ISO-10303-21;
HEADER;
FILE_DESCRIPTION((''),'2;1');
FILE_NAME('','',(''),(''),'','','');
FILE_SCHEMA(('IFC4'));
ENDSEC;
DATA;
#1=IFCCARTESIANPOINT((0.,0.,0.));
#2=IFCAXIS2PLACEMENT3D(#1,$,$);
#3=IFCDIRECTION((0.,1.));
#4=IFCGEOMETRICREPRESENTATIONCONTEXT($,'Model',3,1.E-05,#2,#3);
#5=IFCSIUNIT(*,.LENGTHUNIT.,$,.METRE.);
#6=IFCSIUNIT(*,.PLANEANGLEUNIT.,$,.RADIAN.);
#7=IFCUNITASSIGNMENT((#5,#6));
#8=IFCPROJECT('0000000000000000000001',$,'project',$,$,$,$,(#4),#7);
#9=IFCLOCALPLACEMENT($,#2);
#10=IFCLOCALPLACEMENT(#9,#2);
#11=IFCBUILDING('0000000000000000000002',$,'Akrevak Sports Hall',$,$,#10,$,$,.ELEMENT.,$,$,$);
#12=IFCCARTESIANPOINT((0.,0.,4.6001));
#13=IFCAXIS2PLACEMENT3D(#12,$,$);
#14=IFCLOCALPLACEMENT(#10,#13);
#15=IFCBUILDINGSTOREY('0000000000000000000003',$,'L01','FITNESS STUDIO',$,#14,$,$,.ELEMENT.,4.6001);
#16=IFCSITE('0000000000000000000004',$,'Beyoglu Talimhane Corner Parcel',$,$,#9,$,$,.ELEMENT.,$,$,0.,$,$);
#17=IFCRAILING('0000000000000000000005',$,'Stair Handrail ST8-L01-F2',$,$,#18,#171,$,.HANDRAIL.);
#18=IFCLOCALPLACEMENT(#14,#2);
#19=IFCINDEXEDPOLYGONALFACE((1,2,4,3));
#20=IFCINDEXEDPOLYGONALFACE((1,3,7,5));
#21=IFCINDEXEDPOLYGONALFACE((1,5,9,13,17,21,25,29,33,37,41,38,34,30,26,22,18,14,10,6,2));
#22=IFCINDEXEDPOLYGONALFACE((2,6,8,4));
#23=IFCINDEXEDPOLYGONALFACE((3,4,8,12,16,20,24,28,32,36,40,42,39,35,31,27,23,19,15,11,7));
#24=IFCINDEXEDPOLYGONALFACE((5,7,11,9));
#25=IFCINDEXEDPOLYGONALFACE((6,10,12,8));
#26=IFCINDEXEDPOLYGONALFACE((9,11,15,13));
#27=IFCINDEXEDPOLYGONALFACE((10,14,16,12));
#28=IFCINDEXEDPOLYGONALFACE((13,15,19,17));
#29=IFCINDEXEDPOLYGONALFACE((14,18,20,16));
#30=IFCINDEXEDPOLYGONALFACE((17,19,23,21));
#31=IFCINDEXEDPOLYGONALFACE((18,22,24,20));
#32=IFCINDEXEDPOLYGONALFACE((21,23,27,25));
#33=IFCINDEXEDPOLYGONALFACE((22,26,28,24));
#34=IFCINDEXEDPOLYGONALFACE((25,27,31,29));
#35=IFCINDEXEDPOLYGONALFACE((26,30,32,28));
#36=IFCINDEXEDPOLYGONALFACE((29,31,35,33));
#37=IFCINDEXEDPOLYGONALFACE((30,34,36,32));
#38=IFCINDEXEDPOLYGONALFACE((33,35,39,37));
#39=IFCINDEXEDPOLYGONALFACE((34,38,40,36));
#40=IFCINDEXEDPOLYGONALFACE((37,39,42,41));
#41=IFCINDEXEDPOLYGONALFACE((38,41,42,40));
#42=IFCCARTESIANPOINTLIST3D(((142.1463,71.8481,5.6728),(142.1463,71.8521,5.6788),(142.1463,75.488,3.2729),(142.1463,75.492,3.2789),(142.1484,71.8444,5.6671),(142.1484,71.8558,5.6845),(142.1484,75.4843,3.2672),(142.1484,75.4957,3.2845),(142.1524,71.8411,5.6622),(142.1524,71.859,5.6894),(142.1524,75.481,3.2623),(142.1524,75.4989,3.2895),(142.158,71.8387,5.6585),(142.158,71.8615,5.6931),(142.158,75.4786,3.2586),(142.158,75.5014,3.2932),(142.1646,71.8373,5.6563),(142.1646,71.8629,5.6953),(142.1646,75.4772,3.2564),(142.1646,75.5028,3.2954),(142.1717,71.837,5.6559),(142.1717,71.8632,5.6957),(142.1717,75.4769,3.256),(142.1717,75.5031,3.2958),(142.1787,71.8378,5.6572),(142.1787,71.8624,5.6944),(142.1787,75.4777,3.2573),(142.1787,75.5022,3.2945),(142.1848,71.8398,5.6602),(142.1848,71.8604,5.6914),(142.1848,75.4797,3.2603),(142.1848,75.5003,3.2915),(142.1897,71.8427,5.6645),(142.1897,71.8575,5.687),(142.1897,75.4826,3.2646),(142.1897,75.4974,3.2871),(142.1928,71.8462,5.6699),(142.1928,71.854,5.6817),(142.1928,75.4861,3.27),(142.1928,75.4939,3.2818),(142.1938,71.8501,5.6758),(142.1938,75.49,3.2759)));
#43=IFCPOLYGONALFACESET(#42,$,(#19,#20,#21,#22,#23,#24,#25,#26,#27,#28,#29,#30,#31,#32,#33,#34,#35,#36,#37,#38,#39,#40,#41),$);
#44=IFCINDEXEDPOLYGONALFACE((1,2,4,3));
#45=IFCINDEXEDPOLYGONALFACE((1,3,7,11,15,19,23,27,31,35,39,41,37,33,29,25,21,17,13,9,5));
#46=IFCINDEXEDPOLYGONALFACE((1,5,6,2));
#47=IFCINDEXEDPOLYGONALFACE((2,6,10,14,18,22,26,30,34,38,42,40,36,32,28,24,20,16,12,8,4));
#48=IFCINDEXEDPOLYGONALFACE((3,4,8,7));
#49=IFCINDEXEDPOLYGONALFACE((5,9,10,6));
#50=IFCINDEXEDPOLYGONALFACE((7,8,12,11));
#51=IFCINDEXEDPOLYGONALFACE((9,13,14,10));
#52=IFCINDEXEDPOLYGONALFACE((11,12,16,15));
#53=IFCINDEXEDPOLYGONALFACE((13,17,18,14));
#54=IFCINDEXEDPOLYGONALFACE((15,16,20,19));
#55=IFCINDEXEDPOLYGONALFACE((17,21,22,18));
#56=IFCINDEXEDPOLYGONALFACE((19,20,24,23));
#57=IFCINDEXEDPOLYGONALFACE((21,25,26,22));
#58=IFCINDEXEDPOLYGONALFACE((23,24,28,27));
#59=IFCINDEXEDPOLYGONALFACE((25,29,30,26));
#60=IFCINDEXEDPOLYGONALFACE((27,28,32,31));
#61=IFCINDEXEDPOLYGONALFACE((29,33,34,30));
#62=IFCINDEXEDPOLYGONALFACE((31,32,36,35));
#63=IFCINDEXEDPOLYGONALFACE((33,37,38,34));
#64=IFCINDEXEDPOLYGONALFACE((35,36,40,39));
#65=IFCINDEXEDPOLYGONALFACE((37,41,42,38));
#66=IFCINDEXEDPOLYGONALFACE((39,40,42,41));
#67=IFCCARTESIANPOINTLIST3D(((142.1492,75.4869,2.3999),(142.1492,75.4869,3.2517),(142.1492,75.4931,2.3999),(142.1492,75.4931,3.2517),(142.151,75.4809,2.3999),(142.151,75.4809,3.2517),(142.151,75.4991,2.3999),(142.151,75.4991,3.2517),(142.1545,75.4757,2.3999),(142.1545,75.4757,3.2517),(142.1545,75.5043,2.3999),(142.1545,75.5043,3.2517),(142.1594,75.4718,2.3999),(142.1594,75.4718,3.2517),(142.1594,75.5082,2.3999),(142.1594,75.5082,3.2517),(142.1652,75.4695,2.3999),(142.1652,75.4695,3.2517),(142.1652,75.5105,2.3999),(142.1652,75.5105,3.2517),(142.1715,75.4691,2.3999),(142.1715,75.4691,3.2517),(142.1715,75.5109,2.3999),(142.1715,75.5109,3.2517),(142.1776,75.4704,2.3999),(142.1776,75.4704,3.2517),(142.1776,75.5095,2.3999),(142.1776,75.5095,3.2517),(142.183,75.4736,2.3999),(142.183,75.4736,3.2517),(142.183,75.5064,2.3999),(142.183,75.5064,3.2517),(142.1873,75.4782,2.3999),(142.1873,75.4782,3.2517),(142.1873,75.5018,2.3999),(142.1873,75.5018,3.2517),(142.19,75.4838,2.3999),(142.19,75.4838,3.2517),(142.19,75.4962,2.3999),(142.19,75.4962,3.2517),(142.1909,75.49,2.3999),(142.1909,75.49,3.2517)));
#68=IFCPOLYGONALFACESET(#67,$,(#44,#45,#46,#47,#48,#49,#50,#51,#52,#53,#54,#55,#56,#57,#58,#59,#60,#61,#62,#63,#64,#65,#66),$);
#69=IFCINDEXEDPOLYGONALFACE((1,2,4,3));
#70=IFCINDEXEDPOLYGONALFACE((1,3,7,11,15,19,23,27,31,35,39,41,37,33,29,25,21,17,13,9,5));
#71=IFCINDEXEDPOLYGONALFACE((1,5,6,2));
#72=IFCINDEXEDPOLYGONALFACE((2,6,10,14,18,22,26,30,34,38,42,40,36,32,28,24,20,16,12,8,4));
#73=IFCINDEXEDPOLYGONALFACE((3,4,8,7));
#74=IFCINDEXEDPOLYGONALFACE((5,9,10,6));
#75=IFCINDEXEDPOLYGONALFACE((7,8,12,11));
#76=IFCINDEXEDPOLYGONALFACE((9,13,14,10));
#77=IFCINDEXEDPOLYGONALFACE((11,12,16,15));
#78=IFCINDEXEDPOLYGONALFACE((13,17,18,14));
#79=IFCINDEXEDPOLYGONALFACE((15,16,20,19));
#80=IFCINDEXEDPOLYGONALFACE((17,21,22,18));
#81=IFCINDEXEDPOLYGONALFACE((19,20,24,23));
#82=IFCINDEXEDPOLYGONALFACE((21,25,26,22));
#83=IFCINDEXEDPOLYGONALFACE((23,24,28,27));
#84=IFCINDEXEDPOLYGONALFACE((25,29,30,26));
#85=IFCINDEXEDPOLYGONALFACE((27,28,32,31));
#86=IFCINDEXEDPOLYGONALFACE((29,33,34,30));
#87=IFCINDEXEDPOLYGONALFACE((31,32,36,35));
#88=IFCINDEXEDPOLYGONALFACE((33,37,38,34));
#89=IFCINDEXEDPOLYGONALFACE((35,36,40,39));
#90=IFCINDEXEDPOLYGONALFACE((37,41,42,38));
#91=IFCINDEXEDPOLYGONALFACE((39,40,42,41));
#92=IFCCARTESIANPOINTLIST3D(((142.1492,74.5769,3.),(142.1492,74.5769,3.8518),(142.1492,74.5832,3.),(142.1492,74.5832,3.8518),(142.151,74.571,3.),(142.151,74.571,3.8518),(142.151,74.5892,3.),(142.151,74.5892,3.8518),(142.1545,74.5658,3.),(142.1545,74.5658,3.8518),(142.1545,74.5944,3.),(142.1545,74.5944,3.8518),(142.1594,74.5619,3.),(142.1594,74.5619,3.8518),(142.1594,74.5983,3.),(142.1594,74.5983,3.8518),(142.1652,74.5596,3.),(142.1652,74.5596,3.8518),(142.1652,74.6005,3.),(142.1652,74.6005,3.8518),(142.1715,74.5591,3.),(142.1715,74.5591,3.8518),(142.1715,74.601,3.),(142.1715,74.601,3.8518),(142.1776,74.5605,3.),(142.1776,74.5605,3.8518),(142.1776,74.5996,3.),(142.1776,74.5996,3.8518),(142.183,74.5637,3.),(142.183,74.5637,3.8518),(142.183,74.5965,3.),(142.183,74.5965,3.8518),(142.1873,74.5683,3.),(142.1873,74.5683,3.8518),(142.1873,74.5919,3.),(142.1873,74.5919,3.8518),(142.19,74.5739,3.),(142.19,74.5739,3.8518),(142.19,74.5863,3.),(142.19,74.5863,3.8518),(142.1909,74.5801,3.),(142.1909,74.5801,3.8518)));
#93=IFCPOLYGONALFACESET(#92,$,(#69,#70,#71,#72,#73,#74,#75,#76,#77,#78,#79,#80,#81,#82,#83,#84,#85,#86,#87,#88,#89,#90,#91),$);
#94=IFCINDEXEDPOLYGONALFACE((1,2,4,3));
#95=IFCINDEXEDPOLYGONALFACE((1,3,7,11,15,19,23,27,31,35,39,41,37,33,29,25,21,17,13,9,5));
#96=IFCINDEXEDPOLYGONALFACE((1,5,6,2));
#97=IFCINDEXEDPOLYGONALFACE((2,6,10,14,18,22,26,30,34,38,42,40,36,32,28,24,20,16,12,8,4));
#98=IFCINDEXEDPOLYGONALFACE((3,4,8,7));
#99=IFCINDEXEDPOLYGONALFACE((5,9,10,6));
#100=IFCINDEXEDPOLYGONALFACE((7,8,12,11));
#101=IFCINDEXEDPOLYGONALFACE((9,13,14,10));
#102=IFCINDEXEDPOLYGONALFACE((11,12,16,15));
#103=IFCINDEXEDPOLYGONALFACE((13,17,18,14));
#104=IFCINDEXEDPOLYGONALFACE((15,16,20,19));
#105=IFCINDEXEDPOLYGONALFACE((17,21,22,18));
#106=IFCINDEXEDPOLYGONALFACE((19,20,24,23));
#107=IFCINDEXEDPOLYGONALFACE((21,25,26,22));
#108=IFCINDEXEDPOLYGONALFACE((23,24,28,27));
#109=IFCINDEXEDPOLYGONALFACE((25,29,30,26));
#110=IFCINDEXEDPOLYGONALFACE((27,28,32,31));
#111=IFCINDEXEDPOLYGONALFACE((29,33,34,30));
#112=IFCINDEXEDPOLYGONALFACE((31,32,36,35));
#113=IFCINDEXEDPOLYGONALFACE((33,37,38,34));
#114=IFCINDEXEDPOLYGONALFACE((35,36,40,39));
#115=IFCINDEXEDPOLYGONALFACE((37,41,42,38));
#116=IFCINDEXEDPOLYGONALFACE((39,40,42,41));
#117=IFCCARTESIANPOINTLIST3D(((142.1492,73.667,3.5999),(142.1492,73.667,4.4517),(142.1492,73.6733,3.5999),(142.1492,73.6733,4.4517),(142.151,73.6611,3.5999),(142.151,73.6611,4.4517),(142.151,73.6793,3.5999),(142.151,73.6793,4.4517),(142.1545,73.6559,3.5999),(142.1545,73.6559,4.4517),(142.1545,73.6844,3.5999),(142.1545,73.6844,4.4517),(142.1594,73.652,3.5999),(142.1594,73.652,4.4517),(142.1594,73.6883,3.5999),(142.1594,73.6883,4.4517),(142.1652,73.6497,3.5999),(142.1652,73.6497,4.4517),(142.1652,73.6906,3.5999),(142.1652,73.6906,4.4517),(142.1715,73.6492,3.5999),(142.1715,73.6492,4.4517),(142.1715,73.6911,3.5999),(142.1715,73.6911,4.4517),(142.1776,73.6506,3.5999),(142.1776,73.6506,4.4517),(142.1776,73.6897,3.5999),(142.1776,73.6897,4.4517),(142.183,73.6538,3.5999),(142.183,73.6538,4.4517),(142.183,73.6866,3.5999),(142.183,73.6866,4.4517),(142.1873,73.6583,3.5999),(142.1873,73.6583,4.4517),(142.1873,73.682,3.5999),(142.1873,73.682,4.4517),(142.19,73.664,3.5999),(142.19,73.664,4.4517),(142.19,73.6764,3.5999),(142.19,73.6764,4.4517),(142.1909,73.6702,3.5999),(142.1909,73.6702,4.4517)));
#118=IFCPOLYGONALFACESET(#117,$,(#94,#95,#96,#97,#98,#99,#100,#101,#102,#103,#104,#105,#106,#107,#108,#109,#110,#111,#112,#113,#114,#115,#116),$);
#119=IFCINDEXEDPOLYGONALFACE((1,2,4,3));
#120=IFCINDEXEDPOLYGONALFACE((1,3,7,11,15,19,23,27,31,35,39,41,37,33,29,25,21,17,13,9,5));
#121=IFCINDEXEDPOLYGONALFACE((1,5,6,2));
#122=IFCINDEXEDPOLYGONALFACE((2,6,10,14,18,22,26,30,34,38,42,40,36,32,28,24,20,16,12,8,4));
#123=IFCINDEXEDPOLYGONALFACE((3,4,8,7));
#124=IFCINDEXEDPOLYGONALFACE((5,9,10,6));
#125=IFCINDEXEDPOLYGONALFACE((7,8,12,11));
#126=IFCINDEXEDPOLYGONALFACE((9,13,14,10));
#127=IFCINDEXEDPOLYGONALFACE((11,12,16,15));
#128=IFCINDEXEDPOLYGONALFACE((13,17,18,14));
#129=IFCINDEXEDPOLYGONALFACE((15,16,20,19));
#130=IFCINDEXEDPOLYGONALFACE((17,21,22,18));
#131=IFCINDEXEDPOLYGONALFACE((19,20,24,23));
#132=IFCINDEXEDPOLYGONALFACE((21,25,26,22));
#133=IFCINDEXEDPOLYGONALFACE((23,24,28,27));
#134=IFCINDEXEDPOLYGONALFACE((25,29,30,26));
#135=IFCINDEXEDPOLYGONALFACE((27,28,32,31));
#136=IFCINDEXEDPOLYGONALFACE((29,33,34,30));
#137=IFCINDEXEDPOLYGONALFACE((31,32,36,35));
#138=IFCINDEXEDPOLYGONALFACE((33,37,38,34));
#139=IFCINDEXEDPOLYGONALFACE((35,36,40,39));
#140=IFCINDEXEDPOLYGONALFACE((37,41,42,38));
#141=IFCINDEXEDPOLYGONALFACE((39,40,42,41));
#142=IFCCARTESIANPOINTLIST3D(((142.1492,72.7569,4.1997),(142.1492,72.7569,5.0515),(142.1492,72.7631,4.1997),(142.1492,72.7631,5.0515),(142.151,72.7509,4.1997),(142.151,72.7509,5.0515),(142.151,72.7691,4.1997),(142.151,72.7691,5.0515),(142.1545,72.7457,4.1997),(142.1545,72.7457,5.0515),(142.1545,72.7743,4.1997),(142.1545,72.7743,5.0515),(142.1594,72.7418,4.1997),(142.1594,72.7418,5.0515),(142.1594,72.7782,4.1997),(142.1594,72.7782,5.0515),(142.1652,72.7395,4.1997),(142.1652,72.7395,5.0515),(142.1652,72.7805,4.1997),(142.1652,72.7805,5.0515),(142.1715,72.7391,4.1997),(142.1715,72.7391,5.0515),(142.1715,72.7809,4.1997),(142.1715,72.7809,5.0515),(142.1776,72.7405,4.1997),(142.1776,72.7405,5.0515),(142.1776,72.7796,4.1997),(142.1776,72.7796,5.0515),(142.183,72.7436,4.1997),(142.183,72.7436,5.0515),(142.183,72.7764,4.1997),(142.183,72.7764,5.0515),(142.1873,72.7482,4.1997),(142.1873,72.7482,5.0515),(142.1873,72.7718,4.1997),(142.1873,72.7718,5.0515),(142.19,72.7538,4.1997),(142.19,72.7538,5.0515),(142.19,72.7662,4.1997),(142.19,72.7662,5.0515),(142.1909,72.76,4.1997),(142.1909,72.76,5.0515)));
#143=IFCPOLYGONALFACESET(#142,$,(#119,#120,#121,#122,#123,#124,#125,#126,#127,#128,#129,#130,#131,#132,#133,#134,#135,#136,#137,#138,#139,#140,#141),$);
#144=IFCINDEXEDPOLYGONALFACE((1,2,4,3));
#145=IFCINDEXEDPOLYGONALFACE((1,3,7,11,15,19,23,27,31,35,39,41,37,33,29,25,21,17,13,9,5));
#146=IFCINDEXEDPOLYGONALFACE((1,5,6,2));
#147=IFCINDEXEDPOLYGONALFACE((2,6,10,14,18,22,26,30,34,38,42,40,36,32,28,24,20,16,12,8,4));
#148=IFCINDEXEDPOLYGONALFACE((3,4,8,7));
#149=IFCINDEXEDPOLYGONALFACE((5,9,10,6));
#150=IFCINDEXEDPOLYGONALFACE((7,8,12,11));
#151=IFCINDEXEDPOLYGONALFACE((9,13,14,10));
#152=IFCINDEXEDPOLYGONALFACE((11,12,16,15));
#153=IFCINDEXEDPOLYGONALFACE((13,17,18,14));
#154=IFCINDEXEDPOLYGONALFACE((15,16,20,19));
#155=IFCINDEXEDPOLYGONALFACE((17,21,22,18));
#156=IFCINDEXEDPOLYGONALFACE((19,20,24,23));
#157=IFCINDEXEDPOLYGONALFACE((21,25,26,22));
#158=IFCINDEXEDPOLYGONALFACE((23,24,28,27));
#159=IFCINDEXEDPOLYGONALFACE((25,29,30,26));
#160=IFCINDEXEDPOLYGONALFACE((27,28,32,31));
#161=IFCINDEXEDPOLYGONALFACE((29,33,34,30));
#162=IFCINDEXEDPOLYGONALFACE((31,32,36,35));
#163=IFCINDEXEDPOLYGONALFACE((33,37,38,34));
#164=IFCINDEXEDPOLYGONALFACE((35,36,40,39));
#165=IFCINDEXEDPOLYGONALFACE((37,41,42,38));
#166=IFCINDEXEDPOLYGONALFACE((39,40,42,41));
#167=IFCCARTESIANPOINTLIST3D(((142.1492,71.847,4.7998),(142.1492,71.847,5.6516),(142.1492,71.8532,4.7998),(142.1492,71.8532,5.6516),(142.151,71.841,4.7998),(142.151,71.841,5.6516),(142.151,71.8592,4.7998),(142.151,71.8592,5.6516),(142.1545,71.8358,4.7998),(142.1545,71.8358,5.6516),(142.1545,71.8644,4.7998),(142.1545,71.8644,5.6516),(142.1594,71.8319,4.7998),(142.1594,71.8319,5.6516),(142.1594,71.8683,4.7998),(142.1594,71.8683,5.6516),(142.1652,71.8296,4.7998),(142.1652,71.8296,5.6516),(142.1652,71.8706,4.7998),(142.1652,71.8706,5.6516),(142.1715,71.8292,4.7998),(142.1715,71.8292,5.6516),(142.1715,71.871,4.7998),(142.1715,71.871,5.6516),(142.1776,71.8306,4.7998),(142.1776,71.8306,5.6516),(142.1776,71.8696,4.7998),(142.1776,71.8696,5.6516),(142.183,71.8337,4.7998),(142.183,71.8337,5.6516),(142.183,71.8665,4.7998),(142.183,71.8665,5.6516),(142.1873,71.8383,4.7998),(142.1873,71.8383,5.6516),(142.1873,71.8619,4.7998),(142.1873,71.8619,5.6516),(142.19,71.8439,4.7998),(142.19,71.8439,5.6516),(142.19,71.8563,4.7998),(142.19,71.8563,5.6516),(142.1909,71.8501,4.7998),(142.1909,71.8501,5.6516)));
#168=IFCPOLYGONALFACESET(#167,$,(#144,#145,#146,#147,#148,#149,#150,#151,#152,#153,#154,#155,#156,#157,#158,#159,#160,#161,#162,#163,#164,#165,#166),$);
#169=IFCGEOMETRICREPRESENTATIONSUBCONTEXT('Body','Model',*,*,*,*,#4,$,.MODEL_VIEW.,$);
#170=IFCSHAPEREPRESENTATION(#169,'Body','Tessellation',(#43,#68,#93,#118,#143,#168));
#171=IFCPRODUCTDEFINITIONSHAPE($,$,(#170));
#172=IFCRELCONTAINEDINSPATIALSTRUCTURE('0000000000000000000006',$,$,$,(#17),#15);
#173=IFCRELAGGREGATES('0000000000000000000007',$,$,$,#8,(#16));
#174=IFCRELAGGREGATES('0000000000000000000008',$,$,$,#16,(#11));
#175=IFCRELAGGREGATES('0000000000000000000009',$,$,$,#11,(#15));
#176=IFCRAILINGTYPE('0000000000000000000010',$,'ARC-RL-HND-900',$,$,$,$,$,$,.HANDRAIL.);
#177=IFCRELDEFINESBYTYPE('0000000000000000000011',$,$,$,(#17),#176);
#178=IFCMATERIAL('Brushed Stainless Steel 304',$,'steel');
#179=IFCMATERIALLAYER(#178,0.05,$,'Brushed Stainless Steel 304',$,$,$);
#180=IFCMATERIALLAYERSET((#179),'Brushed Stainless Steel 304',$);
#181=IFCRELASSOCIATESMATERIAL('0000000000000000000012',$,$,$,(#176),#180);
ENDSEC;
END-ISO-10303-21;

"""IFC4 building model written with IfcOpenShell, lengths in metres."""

from ifc_helpers import new_model, si_unit, direction, frame, origin, origin_2d, place, context, subcontext, project, spatial, circle, extrude, material, layer, layer_set, type_object, element, save


model = new_model("IFC4")

# Units and contexts
model_context = context("Model", 3, precision=1e-05, world=origin(), true_north=direction((0.0, 1.0)))
body_context = subcontext(model_context, "Body", "Model", "MODEL_VIEW")
ifc_project = project(units=[si_unit("LENGTHUNIT", "METRE"), si_unit("PLANEANGLEUNIT", "RADIAN")], contexts=[model_context])

# Site, building, storey
site_placement = place(None, origin())
site = spatial("IfcSite", under=ifc_project, at=site_placement, Name="Beyoglu Talimhane Corner Parcel", CompositionType="ELEMENT", RefElevation=0.0)
building_placement = place(site_placement, origin())
building = spatial("IfcBuilding", under=site, at=building_placement, Name="Akrevak Sports Hall", CompositionType="ELEMENT")
storey_placement = place(building_placement, frame((0.0, 0.0, 4.6001)))
storey = spatial("IfcBuildingStorey", under=building, at=storey_placement, Name="L01", Description="FITNESS STUDIO", CompositionType="ELEMENT", Elevation=4.6001)

# Railing
ifc_material_1 = material(Name="Brushed Stainless Steel 304", Category="steel")
ifc_layer_1 = layer(ifc_material_1, 0.05, Name="Brushed Stainless Steel 304")
ifc_layer_set_1 = layer_set([ifc_layer_1], Name="Brushed Stainless Steel 304")
railing_type_1 = type_object("IfcRailingType", Name="ARC-RL-HND-900", PredefinedType="HANDRAIL", material=ifc_layer_set_1)
railing_1_placement = place(storey_placement, frame((142.1699, 75.49, 2.3999)))
element("IfcRailing", 1, at=railing_1_placement, inside=storey, type_object=railing_type_1, Name="Stair Handrail ST8-L01-F2", PredefinedType="HANDRAIL", context=body_context, shape_type="SweptSolid", body=[
    extrude(circle(Radius=0.0239, at=origin_2d()), frame((0.0, 0.0, 0.876), z_axis=(0.0, -0.834865, 0.550454), x_axis=(1.0, 0.0, 0.0)), (0.0, 0.0, 1.0), 4.3599),
    extrude(circle(Radius=0.021, at=origin_2d()), origin(), (0.0, 0.0, 1.0), 0.8518),
    extrude(circle(Radius=0.021, at=origin_2d()), frame((0.0, -0.9099, 0.6001)), (0.0, 0.0, 1.0), 0.8518),
    extrude(circle(Radius=0.021, at=origin_2d()), frame((0.0, -1.8198, 1.2)), (0.0, 0.0, 1.0), 0.8518),
    extrude(circle(Radius=0.021, at=origin_2d()), frame((0.0, -2.73, 1.7998)), (0.0, 0.0, 1.0), 0.8518),
    extrude(circle(Radius=0.021, at=origin_2d()), frame((0.0, -3.6399, 2.3999)), (0.0, 0.0, 1.0), 0.8518),
])

save(model, "model.ifc")
